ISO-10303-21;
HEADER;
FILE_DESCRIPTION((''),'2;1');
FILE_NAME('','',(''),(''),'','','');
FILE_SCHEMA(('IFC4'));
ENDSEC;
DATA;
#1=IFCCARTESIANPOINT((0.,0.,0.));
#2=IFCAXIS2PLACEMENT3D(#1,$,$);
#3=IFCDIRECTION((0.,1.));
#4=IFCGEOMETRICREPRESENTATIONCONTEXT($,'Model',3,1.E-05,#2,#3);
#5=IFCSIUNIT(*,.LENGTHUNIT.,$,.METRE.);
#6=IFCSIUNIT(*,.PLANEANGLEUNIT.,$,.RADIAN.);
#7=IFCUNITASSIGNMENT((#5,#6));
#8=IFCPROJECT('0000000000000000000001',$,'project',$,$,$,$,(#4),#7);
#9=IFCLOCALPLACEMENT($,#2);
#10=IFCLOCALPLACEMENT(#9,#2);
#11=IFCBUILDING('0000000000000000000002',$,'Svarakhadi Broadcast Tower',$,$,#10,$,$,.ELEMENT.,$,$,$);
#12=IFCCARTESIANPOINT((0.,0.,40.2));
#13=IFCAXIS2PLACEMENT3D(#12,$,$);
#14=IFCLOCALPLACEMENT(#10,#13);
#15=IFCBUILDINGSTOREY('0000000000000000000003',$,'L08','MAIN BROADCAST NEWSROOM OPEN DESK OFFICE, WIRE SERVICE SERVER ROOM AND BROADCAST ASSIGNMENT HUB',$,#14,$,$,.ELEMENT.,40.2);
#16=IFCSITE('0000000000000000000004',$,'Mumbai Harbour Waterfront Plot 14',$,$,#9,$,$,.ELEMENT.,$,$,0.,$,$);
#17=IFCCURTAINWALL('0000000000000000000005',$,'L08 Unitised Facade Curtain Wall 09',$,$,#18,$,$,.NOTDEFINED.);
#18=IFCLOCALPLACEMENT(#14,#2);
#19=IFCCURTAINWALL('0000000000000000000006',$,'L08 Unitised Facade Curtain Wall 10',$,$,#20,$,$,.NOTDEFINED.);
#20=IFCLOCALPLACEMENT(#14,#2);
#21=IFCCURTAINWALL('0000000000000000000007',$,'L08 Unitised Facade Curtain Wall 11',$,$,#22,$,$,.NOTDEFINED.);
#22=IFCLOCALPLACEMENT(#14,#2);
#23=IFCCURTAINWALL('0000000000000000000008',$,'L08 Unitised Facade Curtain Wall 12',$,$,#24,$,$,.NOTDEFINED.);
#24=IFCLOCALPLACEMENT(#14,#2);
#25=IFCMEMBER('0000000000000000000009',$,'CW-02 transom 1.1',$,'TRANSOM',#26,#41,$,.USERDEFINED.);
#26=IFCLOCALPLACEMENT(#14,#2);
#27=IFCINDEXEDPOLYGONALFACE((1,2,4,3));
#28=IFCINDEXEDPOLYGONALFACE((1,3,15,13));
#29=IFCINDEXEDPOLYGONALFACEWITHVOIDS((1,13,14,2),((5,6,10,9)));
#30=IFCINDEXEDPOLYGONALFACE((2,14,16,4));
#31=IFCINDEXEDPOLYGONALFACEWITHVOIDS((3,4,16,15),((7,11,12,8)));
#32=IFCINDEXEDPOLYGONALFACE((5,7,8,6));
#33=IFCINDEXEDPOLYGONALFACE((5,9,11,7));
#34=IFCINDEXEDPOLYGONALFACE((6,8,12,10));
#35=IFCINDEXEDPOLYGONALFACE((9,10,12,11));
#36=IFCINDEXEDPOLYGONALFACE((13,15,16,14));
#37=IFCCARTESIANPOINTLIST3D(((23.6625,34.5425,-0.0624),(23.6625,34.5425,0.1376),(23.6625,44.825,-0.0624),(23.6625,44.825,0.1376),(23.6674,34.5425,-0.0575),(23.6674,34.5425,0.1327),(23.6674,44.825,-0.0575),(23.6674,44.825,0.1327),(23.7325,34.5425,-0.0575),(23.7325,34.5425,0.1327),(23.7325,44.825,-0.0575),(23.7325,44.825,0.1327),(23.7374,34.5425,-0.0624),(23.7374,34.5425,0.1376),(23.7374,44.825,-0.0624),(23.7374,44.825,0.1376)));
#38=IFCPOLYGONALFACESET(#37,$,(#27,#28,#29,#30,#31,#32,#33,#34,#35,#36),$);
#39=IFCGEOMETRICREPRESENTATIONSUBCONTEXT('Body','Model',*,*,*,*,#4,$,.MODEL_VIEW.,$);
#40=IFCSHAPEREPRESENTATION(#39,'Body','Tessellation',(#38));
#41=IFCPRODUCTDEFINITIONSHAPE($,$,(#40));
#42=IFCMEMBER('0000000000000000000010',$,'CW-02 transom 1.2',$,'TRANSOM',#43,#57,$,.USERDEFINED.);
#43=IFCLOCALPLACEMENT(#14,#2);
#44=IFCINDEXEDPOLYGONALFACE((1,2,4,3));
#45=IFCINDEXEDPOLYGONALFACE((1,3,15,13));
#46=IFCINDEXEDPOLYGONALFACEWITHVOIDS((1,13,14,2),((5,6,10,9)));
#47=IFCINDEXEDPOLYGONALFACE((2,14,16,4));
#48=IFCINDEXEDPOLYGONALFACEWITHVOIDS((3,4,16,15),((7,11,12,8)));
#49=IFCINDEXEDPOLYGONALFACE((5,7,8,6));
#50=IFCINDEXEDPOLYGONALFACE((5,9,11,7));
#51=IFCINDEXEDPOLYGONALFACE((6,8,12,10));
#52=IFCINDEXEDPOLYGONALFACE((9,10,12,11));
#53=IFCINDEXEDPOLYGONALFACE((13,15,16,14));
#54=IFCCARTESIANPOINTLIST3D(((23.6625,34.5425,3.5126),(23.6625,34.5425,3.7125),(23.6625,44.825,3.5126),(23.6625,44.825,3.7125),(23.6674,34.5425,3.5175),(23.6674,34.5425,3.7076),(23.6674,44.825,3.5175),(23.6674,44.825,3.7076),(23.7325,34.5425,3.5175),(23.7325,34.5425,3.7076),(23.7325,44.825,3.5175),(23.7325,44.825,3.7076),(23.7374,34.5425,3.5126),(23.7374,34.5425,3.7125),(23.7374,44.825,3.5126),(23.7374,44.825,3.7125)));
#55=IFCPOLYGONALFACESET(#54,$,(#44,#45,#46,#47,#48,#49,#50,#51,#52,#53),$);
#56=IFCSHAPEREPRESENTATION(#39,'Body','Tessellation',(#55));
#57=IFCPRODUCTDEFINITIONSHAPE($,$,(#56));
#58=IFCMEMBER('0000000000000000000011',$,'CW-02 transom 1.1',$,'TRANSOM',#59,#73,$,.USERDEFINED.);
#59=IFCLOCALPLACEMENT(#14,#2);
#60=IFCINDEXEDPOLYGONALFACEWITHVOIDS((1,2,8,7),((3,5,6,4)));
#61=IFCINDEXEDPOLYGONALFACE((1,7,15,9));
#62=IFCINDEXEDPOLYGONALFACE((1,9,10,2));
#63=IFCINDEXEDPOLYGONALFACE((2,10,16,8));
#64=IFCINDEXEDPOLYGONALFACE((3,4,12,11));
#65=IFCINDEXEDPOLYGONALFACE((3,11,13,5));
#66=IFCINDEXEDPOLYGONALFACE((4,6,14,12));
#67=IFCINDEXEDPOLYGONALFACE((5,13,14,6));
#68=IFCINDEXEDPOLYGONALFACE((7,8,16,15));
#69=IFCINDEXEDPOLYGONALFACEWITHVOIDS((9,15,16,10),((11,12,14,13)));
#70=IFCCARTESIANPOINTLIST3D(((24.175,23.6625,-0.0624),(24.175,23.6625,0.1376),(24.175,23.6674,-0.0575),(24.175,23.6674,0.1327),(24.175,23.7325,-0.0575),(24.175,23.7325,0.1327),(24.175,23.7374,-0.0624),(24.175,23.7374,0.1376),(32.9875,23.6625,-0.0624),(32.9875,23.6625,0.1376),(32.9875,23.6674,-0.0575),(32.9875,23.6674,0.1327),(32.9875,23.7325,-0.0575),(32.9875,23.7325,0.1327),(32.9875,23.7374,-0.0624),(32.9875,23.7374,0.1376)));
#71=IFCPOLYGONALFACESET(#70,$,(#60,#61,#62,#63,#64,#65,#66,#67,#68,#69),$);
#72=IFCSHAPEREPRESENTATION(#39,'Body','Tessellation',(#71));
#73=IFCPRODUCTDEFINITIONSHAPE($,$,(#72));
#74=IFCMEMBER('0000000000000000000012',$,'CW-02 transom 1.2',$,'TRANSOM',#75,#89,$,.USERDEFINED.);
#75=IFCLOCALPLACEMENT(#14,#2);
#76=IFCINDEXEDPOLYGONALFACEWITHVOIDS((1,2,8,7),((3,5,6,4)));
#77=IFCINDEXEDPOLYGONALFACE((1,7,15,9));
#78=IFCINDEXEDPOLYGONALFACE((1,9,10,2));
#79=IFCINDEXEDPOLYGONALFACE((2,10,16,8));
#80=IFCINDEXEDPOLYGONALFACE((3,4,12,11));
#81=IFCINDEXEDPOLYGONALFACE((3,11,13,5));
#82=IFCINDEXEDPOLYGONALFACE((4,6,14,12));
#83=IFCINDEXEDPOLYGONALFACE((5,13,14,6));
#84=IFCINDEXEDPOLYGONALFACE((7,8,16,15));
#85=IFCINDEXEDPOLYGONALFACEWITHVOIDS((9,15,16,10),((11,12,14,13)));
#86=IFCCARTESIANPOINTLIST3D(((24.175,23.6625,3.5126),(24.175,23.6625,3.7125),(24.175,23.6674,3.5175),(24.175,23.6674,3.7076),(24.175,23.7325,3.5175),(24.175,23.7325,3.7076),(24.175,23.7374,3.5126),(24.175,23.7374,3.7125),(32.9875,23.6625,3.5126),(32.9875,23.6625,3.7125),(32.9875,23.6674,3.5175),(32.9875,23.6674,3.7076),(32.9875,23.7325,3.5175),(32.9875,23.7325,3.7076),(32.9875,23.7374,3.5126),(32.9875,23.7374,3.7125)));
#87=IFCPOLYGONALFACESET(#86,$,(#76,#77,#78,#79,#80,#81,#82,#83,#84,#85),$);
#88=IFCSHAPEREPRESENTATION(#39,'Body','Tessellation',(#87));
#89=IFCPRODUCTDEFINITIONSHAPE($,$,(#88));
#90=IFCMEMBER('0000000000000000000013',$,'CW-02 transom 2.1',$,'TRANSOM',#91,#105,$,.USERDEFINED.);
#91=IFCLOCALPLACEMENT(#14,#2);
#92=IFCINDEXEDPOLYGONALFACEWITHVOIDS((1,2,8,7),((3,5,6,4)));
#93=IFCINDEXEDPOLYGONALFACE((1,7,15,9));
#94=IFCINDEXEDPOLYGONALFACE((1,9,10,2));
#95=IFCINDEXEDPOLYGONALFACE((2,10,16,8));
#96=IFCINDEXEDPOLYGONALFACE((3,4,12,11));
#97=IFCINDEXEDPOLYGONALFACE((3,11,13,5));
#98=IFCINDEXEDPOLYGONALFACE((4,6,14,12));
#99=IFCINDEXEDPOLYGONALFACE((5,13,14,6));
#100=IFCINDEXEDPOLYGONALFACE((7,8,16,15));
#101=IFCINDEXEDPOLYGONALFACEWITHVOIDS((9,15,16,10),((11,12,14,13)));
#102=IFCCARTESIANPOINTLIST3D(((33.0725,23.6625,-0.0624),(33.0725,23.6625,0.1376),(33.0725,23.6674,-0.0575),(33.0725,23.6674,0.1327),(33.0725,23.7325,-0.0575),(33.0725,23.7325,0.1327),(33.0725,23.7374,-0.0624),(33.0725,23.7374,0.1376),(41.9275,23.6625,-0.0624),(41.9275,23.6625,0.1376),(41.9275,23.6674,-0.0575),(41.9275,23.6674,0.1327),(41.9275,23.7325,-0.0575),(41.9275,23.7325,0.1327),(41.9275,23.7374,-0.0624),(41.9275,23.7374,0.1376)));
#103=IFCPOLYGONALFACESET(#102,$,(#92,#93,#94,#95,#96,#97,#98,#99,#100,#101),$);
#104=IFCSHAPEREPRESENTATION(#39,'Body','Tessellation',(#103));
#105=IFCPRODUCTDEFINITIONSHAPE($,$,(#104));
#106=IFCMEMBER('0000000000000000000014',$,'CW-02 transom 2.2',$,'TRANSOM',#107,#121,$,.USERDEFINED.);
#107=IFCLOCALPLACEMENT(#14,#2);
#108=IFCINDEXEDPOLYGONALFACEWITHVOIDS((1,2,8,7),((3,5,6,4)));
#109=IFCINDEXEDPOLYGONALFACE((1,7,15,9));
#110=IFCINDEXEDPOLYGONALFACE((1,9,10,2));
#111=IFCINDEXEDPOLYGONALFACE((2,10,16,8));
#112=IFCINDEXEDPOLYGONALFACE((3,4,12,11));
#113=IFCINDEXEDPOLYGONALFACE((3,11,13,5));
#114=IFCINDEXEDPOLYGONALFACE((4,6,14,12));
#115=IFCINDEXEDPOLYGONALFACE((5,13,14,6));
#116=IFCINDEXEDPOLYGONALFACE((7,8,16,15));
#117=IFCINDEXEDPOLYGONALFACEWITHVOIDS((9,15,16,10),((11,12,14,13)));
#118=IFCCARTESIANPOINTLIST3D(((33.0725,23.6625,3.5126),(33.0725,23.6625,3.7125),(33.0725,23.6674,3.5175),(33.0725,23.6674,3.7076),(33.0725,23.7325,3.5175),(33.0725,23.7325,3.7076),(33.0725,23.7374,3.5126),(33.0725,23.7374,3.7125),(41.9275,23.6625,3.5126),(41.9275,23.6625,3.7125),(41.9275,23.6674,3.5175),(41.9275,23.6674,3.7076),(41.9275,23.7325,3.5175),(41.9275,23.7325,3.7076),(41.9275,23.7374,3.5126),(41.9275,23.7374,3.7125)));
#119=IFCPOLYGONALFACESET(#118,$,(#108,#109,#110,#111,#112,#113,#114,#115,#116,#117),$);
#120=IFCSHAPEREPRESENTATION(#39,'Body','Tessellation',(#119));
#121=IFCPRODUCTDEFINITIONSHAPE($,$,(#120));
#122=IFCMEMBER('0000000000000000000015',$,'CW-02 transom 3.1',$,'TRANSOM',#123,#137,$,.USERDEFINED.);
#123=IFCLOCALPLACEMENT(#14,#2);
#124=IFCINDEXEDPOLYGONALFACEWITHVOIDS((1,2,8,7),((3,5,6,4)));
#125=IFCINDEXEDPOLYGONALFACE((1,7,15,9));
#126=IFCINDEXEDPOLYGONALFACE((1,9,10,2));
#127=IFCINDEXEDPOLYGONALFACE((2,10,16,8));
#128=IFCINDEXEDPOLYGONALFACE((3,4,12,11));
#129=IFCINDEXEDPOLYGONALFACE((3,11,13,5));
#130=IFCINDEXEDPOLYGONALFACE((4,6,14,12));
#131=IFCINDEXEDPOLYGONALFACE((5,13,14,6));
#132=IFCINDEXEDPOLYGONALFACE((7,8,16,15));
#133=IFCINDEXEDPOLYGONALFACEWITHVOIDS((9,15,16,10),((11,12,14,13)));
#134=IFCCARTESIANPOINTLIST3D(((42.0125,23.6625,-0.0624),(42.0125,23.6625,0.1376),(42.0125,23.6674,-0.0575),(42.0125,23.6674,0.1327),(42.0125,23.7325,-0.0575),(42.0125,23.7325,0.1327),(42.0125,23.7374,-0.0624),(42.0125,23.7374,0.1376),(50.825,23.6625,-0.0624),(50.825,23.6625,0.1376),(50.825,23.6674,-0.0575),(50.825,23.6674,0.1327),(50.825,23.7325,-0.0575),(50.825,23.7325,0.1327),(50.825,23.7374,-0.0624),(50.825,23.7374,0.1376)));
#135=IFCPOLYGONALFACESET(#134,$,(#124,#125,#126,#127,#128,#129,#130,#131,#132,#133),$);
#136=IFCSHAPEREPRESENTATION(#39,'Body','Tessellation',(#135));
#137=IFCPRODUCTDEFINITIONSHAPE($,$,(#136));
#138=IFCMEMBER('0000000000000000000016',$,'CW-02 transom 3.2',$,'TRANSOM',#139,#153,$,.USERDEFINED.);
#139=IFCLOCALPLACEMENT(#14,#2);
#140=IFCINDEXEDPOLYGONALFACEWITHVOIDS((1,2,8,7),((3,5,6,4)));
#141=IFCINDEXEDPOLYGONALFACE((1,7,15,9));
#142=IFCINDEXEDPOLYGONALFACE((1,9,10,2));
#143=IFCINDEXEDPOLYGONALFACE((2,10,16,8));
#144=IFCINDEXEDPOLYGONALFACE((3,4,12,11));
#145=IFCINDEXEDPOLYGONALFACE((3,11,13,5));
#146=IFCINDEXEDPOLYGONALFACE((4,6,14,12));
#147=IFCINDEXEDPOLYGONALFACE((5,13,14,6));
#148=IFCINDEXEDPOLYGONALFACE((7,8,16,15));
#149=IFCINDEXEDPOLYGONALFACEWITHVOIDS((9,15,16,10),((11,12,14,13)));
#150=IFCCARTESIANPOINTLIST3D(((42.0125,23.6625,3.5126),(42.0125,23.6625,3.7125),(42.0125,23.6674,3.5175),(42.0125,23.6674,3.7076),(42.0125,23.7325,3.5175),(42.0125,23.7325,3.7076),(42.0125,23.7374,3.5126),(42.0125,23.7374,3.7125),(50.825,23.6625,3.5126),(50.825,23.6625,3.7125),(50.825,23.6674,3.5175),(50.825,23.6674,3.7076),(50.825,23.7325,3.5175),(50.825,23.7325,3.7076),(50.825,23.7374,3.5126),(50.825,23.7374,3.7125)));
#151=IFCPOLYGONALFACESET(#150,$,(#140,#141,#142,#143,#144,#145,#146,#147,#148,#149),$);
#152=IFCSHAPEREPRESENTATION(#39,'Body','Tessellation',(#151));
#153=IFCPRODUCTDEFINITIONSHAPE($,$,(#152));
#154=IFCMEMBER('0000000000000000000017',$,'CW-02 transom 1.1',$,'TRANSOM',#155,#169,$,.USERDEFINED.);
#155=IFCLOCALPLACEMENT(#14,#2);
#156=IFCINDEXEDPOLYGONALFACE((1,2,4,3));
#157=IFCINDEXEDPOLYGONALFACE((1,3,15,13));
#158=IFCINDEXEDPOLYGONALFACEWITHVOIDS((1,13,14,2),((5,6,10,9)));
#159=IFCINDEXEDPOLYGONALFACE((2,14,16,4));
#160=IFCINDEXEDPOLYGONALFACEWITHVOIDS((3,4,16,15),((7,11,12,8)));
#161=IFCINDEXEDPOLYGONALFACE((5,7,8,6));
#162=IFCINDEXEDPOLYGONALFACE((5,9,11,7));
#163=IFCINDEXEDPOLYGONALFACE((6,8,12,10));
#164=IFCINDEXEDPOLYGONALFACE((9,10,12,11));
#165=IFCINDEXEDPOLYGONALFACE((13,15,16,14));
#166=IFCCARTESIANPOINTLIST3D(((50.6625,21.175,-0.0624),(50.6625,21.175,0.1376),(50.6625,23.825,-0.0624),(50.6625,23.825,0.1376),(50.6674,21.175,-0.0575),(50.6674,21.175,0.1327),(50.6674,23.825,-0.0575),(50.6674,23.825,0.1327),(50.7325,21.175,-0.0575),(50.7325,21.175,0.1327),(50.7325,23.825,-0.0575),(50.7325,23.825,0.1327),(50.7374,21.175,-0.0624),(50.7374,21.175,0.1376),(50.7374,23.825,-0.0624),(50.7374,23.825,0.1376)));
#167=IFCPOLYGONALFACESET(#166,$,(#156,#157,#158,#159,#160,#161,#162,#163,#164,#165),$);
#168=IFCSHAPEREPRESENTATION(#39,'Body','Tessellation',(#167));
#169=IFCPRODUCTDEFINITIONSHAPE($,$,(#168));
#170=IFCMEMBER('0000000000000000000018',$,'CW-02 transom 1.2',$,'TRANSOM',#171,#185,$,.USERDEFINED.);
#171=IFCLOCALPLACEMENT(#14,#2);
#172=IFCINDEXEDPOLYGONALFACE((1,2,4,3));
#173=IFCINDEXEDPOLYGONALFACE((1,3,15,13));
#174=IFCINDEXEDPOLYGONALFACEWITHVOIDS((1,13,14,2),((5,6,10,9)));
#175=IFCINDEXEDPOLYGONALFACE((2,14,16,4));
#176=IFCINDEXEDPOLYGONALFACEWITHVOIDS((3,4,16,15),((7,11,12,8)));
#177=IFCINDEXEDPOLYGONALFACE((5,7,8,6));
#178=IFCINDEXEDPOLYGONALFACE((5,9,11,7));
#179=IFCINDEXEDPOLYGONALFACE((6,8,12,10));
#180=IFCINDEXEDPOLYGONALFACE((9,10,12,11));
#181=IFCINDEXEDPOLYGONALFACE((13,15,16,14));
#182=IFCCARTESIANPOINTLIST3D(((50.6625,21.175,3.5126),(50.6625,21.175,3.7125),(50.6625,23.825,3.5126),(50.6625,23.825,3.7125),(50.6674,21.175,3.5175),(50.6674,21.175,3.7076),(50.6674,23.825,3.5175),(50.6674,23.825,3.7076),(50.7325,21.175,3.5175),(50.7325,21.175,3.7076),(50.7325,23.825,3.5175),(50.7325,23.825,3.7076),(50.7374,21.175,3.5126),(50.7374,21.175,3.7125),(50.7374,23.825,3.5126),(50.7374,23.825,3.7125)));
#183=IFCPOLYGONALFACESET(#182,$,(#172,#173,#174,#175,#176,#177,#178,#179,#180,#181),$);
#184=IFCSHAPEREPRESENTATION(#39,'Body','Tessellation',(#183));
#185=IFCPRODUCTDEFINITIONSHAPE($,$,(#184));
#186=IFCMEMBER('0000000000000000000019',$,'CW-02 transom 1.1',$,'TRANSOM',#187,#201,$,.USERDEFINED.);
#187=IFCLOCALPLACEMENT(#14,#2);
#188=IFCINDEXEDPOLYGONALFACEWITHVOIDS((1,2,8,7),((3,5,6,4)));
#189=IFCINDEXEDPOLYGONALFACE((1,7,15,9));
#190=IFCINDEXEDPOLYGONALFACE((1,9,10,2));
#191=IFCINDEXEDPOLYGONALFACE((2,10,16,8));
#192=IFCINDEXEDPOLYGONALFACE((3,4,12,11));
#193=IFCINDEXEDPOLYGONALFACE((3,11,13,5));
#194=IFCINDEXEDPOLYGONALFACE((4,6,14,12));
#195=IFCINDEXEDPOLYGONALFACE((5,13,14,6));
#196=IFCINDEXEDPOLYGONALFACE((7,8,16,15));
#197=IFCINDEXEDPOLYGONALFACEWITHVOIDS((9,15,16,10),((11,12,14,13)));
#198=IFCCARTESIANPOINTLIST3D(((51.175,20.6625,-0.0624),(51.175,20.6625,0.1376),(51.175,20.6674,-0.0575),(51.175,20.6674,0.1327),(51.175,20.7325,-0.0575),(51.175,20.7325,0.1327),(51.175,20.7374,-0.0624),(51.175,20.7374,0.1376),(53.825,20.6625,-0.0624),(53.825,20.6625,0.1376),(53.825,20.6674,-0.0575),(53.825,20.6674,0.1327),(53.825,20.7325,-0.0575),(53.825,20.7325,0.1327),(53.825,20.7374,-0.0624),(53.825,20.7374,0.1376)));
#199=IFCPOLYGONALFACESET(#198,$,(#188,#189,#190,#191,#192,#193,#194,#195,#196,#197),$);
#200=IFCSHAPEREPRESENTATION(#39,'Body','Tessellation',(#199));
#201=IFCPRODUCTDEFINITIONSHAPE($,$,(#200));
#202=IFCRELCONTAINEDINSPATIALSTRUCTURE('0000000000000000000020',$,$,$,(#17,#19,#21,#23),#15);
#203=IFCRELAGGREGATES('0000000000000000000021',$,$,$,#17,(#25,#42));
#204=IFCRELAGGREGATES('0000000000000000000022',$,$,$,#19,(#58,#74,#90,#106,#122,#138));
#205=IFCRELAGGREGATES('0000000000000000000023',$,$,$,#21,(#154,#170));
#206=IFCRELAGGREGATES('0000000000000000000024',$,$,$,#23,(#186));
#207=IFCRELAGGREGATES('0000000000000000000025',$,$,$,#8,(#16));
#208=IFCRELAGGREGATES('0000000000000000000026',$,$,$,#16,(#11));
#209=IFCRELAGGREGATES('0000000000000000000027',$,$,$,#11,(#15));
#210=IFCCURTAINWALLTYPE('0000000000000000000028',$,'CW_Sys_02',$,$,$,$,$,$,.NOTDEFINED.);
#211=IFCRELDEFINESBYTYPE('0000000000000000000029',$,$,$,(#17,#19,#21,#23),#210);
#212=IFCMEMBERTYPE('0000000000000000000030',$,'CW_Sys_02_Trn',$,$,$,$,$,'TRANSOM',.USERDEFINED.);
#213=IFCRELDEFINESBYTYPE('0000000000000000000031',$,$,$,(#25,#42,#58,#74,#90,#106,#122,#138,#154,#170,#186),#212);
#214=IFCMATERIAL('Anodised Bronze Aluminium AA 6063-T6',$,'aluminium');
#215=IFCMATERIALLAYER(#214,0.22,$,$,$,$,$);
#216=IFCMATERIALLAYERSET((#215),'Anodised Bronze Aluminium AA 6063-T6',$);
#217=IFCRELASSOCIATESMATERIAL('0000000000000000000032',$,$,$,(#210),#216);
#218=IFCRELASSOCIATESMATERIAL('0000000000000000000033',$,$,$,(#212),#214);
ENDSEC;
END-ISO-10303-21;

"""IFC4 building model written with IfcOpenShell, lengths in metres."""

from ifc_helpers import new_model, si_unit, direction, frame, origin, origin_2d, place, context, subcontext, project, spatial, hollow_rectangle, extrude, material, layer, layer_set, material_profile, profile_set, type_object, element, aggregate, save


model = new_model("IFC4")

# Units and contexts
model_context = context("Model", 3, precision=1e-05, world=origin(), true_north=direction((0.0, 1.0)))
body_context = subcontext(model_context, "Body", "Model", "MODEL_VIEW")
ifc_project = project(units=[si_unit("LENGTHUNIT", "METRE"), si_unit("PLANEANGLEUNIT", "RADIAN")], contexts=[model_context])

# Site, building, storey
site_placement = place(None, origin())
site = spatial("IfcSite", under=ifc_project, at=site_placement, Name="Mumbai Harbour Waterfront Plot 14", CompositionType="ELEMENT", RefElevation=0.0)
building_placement = place(site_placement, origin())
building = spatial("IfcBuilding", under=site, at=building_placement, Name="Svarakhadi Broadcast Tower", CompositionType="ELEMENT")
storey_placement = place(building_placement, frame((0.0, 0.0, 40.2)))
storey = spatial("IfcBuildingStorey", under=building, at=storey_placement, Name="L08", Description="MAIN BROADCAST NEWSROOM OPEN DESK OFFICE, WIRE SERVICE SERVER ROOM AND BROADCAST ASSIGNMENT HUB", CompositionType="ELEMENT", Elevation=40.2)

# Curtain wall
ifc_material_1 = material(Name="Anodised Bronze Aluminium AA 6063-T6", Category="aluminium")
ifc_layer_1 = layer(ifc_material_1, 0.22)
ifc_layer_set_1 = layer_set([ifc_layer_1], Name="Anodised Bronze Aluminium AA 6063-T6")
curtain_wall_type = type_object("IfcCurtainWallType", Name="CW_Sys_02", PredefinedType="NOTDEFINED", material=ifc_layer_set_1)
curtain_wall_1_placement = place(storey_placement, origin())
curtain_wall_1 = element("IfcCurtainWall", 1, at=curtain_wall_1_placement, inside=storey, type_object=curtain_wall_type, Name="L08 Unitised Facade Curtain Wall 09", PredefinedType="NOTDEFINED")

# Curtain walls
curtain_wall_2_placement = place(storey_placement, origin())
curtain_wall_2 = element("IfcCurtainWall", 2, at=curtain_wall_2_placement, inside=storey, type_object=curtain_wall_type, Name="L08 Unitised Facade Curtain Wall 10", PredefinedType="NOTDEFINED")
curtain_wall_3_placement = place(storey_placement, origin())
curtain_wall_3 = element("IfcCurtainWall", 3, at=curtain_wall_3_placement, inside=storey, type_object=curtain_wall_type, Name="L08 Unitised Facade Curtain Wall 11", PredefinedType="NOTDEFINED")
curtain_wall_4_placement = place(storey_placement, origin())
curtain_wall_4 = element("IfcCurtainWall", 4, at=curtain_wall_4_placement, inside=storey, type_object=curtain_wall_type, Name="L08 Unitised Facade Curtain Wall 12", PredefinedType="NOTDEFINED")

# Members
ifc_material_profile_1 = material_profile(ifc_material_1, hollow_rectangle(XDim=0.075, YDim=0.2, WallThickness=0.0049, at=origin_2d()), Name="ALU TRANSOM 200x75x5")
ifc_profile_set_1 = profile_set([ifc_material_profile_1], Name="Anodised Bronze Aluminium AA 6063-T6")
member_type_1 = type_object("IfcMemberType", Name="CW_Sys_02_Trn", ElementType="TRANSOM", PredefinedType="USERDEFINED", material=ifc_profile_set_1)
member_1_placement = place(storey_placement, frame((23.7, 44.825, 0.0376), z_axis=(0.0, -1.0, 0.0), x_axis=(1.0, 0.0, 0.0)))
member_1 = element("IfcMember", 5, at=member_1_placement, type_object=member_type_1, Name="CW-02 transom 1.1", ObjectType="TRANSOM", PredefinedType="USERDEFINED", context=body_context, shape_type="SweptSolid", body=[
    extrude(hollow_rectangle(XDim=0.075, YDim=0.2, WallThickness=0.0049, at=origin_2d()), origin(), (0.0, 0.0, 1.0), 10.2825),
])
member_2_placement = place(storey_placement, frame((23.7, 44.825, 3.6125), z_axis=(0.0, -1.0, 0.0), x_axis=(1.0, 0.0, 0.0)))
member_2 = element("IfcMember", 6, at=member_2_placement, type_object=member_type_1, Name="CW-02 transom 1.2", ObjectType="TRANSOM", PredefinedType="USERDEFINED", context=body_context, shape_type="SweptSolid", body=[
    extrude(hollow_rectangle(XDim=0.075, YDim=0.2, WallThickness=0.0049, at=origin_2d()), origin(), (0.0, 0.0, 1.0), 10.2825),
])
aggregate(curtain_wall_1, [member_1, member_2])
member_3_placement = place(storey_placement, frame((24.175, 23.7, 0.0376), z_axis=(1.0, 0.0, 0.0), x_axis=(0.0, 1.0, 0.0)))
member_3 = element("IfcMember", 7, at=member_3_placement, type_object=member_type_1, Name="CW-02 transom 1.1", ObjectType="TRANSOM", PredefinedType="USERDEFINED", context=body_context, shape_type="SweptSolid", body=[
    extrude(hollow_rectangle(XDim=0.075, YDim=0.2, WallThickness=0.0049, at=origin_2d()), origin(), (0.0, 0.0, 1.0), 8.8125),
])
member_4_placement = place(storey_placement, frame((24.175, 23.7, 3.6125), z_axis=(1.0, 0.0, 0.0), x_axis=(0.0, 1.0, 0.0)))
member_4 = element("IfcMember", 8, at=member_4_placement, type_object=member_type_1, Name="CW-02 transom 1.2", ObjectType="TRANSOM", PredefinedType="USERDEFINED", context=body_context, shape_type="SweptSolid", body=[
    extrude(hollow_rectangle(XDim=0.075, YDim=0.2, WallThickness=0.0049, at=origin_2d()), origin(), (0.0, 0.0, 1.0), 8.8125),
])
member_5_placement = place(storey_placement, frame((33.0725, 23.7, 0.0376), z_axis=(1.0, 0.0, 0.0), x_axis=(0.0, 1.0, 0.0)))
member_5 = element("IfcMember", 9, at=member_5_placement, type_object=member_type_1, Name="CW-02 transom 2.1", ObjectType="TRANSOM", PredefinedType="USERDEFINED", context=body_context, shape_type="SweptSolid", body=[
    extrude(hollow_rectangle(XDim=0.075, YDim=0.2, WallThickness=0.0049, at=origin_2d()), origin(), (0.0, 0.0, 1.0), 8.855),
])
member_6_placement = place(storey_placement, frame((33.0725, 23.7, 3.6125), z_axis=(1.0, 0.0, 0.0), x_axis=(0.0, 1.0, 0.0)))
member_6 = element("IfcMember", 10, at=member_6_placement, type_object=member_type_1, Name="CW-02 transom 2.2", ObjectType="TRANSOM", PredefinedType="USERDEFINED", context=body_context, shape_type="SweptSolid", body=[
    extrude(hollow_rectangle(XDim=0.075, YDim=0.2, WallThickness=0.0049, at=origin_2d()), origin(), (0.0, 0.0, 1.0), 8.855),
])
member_7_placement = place(storey_placement, frame((42.0125, 23.7, 0.0376), z_axis=(1.0, 0.0, 0.0), x_axis=(0.0, 1.0, 0.0)))
member_7 = element("IfcMember", 11, at=member_7_placement, type_object=member_type_1, Name="CW-02 transom 3.1", ObjectType="TRANSOM", PredefinedType="USERDEFINED", context=body_context, shape_type="SweptSolid", body=[
    extrude(hollow_rectangle(XDim=0.075, YDim=0.2, WallThickness=0.0049, at=origin_2d()), origin(), (0.0, 0.0, 1.0), 8.8125),
])
member_8_placement = place(storey_placement, frame((42.0125, 23.7, 3.6125), z_axis=(1.0, 0.0, 0.0), x_axis=(0.0, 1.0, 0.0)))
member_8 = element("IfcMember", 12, at=member_8_placement, type_object=member_type_1, Name="CW-02 transom 3.2", ObjectType="TRANSOM", PredefinedType="USERDEFINED", context=body_context, shape_type="SweptSolid", body=[
    extrude(hollow_rectangle(XDim=0.075, YDim=0.2, WallThickness=0.0049, at=origin_2d()), origin(), (0.0, 0.0, 1.0), 8.8125),
])
member_9_placement = place(storey_placement, frame((50.7, 23.825, 0.0376), z_axis=(0.0, -1.0, 0.0), x_axis=(1.0, 0.0, 0.0)))
member_9 = element("IfcMember", 13, at=member_9_placement, type_object=member_type_1, Name="CW-02 transom 1.1", ObjectType="TRANSOM", PredefinedType="USERDEFINED", context=body_context, shape_type="SweptSolid", body=[
    extrude(hollow_rectangle(XDim=0.075, YDim=0.2, WallThickness=0.0049, at=origin_2d()), origin(), (0.0, 0.0, 1.0), 2.6499),
])
member_10_placement = place(storey_placement, frame((50.7, 23.825, 3.6125), z_axis=(0.0, -1.0, 0.0), x_axis=(1.0, 0.0, 0.0)))
member_10 = element("IfcMember", 14, at=member_10_placement, type_object=member_type_1, Name="CW-02 transom 1.2", ObjectType="TRANSOM", PredefinedType="USERDEFINED", context=body_context, shape_type="SweptSolid", body=[
    extrude(hollow_rectangle(XDim=0.075, YDim=0.2, WallThickness=0.0049, at=origin_2d()), origin(), (0.0, 0.0, 1.0), 2.6499),
])
member_11_placement = place(storey_placement, frame((51.175, 20.7, 0.0376), z_axis=(1.0, 0.0, 0.0), x_axis=(0.0, 1.0, 0.0)))
member_11 = element("IfcMember", 15, at=member_11_placement, type_object=member_type_1, Name="CW-02 transom 1.1", ObjectType="TRANSOM", PredefinedType="USERDEFINED", context=body_context, shape_type="SweptSolid", body=[
    extrude(hollow_rectangle(XDim=0.075, YDim=0.2, WallThickness=0.0049, at=origin_2d()), origin(), (0.0, 0.0, 1.0), 2.6499),
])

aggregate(curtain_wall_2, [member_3, member_4, member_5, member_6, member_7, member_8])
aggregate(curtain_wall_3, [member_9, member_10])
aggregate(curtain_wall_4, [member_11])

save(model, "model.ifc")
